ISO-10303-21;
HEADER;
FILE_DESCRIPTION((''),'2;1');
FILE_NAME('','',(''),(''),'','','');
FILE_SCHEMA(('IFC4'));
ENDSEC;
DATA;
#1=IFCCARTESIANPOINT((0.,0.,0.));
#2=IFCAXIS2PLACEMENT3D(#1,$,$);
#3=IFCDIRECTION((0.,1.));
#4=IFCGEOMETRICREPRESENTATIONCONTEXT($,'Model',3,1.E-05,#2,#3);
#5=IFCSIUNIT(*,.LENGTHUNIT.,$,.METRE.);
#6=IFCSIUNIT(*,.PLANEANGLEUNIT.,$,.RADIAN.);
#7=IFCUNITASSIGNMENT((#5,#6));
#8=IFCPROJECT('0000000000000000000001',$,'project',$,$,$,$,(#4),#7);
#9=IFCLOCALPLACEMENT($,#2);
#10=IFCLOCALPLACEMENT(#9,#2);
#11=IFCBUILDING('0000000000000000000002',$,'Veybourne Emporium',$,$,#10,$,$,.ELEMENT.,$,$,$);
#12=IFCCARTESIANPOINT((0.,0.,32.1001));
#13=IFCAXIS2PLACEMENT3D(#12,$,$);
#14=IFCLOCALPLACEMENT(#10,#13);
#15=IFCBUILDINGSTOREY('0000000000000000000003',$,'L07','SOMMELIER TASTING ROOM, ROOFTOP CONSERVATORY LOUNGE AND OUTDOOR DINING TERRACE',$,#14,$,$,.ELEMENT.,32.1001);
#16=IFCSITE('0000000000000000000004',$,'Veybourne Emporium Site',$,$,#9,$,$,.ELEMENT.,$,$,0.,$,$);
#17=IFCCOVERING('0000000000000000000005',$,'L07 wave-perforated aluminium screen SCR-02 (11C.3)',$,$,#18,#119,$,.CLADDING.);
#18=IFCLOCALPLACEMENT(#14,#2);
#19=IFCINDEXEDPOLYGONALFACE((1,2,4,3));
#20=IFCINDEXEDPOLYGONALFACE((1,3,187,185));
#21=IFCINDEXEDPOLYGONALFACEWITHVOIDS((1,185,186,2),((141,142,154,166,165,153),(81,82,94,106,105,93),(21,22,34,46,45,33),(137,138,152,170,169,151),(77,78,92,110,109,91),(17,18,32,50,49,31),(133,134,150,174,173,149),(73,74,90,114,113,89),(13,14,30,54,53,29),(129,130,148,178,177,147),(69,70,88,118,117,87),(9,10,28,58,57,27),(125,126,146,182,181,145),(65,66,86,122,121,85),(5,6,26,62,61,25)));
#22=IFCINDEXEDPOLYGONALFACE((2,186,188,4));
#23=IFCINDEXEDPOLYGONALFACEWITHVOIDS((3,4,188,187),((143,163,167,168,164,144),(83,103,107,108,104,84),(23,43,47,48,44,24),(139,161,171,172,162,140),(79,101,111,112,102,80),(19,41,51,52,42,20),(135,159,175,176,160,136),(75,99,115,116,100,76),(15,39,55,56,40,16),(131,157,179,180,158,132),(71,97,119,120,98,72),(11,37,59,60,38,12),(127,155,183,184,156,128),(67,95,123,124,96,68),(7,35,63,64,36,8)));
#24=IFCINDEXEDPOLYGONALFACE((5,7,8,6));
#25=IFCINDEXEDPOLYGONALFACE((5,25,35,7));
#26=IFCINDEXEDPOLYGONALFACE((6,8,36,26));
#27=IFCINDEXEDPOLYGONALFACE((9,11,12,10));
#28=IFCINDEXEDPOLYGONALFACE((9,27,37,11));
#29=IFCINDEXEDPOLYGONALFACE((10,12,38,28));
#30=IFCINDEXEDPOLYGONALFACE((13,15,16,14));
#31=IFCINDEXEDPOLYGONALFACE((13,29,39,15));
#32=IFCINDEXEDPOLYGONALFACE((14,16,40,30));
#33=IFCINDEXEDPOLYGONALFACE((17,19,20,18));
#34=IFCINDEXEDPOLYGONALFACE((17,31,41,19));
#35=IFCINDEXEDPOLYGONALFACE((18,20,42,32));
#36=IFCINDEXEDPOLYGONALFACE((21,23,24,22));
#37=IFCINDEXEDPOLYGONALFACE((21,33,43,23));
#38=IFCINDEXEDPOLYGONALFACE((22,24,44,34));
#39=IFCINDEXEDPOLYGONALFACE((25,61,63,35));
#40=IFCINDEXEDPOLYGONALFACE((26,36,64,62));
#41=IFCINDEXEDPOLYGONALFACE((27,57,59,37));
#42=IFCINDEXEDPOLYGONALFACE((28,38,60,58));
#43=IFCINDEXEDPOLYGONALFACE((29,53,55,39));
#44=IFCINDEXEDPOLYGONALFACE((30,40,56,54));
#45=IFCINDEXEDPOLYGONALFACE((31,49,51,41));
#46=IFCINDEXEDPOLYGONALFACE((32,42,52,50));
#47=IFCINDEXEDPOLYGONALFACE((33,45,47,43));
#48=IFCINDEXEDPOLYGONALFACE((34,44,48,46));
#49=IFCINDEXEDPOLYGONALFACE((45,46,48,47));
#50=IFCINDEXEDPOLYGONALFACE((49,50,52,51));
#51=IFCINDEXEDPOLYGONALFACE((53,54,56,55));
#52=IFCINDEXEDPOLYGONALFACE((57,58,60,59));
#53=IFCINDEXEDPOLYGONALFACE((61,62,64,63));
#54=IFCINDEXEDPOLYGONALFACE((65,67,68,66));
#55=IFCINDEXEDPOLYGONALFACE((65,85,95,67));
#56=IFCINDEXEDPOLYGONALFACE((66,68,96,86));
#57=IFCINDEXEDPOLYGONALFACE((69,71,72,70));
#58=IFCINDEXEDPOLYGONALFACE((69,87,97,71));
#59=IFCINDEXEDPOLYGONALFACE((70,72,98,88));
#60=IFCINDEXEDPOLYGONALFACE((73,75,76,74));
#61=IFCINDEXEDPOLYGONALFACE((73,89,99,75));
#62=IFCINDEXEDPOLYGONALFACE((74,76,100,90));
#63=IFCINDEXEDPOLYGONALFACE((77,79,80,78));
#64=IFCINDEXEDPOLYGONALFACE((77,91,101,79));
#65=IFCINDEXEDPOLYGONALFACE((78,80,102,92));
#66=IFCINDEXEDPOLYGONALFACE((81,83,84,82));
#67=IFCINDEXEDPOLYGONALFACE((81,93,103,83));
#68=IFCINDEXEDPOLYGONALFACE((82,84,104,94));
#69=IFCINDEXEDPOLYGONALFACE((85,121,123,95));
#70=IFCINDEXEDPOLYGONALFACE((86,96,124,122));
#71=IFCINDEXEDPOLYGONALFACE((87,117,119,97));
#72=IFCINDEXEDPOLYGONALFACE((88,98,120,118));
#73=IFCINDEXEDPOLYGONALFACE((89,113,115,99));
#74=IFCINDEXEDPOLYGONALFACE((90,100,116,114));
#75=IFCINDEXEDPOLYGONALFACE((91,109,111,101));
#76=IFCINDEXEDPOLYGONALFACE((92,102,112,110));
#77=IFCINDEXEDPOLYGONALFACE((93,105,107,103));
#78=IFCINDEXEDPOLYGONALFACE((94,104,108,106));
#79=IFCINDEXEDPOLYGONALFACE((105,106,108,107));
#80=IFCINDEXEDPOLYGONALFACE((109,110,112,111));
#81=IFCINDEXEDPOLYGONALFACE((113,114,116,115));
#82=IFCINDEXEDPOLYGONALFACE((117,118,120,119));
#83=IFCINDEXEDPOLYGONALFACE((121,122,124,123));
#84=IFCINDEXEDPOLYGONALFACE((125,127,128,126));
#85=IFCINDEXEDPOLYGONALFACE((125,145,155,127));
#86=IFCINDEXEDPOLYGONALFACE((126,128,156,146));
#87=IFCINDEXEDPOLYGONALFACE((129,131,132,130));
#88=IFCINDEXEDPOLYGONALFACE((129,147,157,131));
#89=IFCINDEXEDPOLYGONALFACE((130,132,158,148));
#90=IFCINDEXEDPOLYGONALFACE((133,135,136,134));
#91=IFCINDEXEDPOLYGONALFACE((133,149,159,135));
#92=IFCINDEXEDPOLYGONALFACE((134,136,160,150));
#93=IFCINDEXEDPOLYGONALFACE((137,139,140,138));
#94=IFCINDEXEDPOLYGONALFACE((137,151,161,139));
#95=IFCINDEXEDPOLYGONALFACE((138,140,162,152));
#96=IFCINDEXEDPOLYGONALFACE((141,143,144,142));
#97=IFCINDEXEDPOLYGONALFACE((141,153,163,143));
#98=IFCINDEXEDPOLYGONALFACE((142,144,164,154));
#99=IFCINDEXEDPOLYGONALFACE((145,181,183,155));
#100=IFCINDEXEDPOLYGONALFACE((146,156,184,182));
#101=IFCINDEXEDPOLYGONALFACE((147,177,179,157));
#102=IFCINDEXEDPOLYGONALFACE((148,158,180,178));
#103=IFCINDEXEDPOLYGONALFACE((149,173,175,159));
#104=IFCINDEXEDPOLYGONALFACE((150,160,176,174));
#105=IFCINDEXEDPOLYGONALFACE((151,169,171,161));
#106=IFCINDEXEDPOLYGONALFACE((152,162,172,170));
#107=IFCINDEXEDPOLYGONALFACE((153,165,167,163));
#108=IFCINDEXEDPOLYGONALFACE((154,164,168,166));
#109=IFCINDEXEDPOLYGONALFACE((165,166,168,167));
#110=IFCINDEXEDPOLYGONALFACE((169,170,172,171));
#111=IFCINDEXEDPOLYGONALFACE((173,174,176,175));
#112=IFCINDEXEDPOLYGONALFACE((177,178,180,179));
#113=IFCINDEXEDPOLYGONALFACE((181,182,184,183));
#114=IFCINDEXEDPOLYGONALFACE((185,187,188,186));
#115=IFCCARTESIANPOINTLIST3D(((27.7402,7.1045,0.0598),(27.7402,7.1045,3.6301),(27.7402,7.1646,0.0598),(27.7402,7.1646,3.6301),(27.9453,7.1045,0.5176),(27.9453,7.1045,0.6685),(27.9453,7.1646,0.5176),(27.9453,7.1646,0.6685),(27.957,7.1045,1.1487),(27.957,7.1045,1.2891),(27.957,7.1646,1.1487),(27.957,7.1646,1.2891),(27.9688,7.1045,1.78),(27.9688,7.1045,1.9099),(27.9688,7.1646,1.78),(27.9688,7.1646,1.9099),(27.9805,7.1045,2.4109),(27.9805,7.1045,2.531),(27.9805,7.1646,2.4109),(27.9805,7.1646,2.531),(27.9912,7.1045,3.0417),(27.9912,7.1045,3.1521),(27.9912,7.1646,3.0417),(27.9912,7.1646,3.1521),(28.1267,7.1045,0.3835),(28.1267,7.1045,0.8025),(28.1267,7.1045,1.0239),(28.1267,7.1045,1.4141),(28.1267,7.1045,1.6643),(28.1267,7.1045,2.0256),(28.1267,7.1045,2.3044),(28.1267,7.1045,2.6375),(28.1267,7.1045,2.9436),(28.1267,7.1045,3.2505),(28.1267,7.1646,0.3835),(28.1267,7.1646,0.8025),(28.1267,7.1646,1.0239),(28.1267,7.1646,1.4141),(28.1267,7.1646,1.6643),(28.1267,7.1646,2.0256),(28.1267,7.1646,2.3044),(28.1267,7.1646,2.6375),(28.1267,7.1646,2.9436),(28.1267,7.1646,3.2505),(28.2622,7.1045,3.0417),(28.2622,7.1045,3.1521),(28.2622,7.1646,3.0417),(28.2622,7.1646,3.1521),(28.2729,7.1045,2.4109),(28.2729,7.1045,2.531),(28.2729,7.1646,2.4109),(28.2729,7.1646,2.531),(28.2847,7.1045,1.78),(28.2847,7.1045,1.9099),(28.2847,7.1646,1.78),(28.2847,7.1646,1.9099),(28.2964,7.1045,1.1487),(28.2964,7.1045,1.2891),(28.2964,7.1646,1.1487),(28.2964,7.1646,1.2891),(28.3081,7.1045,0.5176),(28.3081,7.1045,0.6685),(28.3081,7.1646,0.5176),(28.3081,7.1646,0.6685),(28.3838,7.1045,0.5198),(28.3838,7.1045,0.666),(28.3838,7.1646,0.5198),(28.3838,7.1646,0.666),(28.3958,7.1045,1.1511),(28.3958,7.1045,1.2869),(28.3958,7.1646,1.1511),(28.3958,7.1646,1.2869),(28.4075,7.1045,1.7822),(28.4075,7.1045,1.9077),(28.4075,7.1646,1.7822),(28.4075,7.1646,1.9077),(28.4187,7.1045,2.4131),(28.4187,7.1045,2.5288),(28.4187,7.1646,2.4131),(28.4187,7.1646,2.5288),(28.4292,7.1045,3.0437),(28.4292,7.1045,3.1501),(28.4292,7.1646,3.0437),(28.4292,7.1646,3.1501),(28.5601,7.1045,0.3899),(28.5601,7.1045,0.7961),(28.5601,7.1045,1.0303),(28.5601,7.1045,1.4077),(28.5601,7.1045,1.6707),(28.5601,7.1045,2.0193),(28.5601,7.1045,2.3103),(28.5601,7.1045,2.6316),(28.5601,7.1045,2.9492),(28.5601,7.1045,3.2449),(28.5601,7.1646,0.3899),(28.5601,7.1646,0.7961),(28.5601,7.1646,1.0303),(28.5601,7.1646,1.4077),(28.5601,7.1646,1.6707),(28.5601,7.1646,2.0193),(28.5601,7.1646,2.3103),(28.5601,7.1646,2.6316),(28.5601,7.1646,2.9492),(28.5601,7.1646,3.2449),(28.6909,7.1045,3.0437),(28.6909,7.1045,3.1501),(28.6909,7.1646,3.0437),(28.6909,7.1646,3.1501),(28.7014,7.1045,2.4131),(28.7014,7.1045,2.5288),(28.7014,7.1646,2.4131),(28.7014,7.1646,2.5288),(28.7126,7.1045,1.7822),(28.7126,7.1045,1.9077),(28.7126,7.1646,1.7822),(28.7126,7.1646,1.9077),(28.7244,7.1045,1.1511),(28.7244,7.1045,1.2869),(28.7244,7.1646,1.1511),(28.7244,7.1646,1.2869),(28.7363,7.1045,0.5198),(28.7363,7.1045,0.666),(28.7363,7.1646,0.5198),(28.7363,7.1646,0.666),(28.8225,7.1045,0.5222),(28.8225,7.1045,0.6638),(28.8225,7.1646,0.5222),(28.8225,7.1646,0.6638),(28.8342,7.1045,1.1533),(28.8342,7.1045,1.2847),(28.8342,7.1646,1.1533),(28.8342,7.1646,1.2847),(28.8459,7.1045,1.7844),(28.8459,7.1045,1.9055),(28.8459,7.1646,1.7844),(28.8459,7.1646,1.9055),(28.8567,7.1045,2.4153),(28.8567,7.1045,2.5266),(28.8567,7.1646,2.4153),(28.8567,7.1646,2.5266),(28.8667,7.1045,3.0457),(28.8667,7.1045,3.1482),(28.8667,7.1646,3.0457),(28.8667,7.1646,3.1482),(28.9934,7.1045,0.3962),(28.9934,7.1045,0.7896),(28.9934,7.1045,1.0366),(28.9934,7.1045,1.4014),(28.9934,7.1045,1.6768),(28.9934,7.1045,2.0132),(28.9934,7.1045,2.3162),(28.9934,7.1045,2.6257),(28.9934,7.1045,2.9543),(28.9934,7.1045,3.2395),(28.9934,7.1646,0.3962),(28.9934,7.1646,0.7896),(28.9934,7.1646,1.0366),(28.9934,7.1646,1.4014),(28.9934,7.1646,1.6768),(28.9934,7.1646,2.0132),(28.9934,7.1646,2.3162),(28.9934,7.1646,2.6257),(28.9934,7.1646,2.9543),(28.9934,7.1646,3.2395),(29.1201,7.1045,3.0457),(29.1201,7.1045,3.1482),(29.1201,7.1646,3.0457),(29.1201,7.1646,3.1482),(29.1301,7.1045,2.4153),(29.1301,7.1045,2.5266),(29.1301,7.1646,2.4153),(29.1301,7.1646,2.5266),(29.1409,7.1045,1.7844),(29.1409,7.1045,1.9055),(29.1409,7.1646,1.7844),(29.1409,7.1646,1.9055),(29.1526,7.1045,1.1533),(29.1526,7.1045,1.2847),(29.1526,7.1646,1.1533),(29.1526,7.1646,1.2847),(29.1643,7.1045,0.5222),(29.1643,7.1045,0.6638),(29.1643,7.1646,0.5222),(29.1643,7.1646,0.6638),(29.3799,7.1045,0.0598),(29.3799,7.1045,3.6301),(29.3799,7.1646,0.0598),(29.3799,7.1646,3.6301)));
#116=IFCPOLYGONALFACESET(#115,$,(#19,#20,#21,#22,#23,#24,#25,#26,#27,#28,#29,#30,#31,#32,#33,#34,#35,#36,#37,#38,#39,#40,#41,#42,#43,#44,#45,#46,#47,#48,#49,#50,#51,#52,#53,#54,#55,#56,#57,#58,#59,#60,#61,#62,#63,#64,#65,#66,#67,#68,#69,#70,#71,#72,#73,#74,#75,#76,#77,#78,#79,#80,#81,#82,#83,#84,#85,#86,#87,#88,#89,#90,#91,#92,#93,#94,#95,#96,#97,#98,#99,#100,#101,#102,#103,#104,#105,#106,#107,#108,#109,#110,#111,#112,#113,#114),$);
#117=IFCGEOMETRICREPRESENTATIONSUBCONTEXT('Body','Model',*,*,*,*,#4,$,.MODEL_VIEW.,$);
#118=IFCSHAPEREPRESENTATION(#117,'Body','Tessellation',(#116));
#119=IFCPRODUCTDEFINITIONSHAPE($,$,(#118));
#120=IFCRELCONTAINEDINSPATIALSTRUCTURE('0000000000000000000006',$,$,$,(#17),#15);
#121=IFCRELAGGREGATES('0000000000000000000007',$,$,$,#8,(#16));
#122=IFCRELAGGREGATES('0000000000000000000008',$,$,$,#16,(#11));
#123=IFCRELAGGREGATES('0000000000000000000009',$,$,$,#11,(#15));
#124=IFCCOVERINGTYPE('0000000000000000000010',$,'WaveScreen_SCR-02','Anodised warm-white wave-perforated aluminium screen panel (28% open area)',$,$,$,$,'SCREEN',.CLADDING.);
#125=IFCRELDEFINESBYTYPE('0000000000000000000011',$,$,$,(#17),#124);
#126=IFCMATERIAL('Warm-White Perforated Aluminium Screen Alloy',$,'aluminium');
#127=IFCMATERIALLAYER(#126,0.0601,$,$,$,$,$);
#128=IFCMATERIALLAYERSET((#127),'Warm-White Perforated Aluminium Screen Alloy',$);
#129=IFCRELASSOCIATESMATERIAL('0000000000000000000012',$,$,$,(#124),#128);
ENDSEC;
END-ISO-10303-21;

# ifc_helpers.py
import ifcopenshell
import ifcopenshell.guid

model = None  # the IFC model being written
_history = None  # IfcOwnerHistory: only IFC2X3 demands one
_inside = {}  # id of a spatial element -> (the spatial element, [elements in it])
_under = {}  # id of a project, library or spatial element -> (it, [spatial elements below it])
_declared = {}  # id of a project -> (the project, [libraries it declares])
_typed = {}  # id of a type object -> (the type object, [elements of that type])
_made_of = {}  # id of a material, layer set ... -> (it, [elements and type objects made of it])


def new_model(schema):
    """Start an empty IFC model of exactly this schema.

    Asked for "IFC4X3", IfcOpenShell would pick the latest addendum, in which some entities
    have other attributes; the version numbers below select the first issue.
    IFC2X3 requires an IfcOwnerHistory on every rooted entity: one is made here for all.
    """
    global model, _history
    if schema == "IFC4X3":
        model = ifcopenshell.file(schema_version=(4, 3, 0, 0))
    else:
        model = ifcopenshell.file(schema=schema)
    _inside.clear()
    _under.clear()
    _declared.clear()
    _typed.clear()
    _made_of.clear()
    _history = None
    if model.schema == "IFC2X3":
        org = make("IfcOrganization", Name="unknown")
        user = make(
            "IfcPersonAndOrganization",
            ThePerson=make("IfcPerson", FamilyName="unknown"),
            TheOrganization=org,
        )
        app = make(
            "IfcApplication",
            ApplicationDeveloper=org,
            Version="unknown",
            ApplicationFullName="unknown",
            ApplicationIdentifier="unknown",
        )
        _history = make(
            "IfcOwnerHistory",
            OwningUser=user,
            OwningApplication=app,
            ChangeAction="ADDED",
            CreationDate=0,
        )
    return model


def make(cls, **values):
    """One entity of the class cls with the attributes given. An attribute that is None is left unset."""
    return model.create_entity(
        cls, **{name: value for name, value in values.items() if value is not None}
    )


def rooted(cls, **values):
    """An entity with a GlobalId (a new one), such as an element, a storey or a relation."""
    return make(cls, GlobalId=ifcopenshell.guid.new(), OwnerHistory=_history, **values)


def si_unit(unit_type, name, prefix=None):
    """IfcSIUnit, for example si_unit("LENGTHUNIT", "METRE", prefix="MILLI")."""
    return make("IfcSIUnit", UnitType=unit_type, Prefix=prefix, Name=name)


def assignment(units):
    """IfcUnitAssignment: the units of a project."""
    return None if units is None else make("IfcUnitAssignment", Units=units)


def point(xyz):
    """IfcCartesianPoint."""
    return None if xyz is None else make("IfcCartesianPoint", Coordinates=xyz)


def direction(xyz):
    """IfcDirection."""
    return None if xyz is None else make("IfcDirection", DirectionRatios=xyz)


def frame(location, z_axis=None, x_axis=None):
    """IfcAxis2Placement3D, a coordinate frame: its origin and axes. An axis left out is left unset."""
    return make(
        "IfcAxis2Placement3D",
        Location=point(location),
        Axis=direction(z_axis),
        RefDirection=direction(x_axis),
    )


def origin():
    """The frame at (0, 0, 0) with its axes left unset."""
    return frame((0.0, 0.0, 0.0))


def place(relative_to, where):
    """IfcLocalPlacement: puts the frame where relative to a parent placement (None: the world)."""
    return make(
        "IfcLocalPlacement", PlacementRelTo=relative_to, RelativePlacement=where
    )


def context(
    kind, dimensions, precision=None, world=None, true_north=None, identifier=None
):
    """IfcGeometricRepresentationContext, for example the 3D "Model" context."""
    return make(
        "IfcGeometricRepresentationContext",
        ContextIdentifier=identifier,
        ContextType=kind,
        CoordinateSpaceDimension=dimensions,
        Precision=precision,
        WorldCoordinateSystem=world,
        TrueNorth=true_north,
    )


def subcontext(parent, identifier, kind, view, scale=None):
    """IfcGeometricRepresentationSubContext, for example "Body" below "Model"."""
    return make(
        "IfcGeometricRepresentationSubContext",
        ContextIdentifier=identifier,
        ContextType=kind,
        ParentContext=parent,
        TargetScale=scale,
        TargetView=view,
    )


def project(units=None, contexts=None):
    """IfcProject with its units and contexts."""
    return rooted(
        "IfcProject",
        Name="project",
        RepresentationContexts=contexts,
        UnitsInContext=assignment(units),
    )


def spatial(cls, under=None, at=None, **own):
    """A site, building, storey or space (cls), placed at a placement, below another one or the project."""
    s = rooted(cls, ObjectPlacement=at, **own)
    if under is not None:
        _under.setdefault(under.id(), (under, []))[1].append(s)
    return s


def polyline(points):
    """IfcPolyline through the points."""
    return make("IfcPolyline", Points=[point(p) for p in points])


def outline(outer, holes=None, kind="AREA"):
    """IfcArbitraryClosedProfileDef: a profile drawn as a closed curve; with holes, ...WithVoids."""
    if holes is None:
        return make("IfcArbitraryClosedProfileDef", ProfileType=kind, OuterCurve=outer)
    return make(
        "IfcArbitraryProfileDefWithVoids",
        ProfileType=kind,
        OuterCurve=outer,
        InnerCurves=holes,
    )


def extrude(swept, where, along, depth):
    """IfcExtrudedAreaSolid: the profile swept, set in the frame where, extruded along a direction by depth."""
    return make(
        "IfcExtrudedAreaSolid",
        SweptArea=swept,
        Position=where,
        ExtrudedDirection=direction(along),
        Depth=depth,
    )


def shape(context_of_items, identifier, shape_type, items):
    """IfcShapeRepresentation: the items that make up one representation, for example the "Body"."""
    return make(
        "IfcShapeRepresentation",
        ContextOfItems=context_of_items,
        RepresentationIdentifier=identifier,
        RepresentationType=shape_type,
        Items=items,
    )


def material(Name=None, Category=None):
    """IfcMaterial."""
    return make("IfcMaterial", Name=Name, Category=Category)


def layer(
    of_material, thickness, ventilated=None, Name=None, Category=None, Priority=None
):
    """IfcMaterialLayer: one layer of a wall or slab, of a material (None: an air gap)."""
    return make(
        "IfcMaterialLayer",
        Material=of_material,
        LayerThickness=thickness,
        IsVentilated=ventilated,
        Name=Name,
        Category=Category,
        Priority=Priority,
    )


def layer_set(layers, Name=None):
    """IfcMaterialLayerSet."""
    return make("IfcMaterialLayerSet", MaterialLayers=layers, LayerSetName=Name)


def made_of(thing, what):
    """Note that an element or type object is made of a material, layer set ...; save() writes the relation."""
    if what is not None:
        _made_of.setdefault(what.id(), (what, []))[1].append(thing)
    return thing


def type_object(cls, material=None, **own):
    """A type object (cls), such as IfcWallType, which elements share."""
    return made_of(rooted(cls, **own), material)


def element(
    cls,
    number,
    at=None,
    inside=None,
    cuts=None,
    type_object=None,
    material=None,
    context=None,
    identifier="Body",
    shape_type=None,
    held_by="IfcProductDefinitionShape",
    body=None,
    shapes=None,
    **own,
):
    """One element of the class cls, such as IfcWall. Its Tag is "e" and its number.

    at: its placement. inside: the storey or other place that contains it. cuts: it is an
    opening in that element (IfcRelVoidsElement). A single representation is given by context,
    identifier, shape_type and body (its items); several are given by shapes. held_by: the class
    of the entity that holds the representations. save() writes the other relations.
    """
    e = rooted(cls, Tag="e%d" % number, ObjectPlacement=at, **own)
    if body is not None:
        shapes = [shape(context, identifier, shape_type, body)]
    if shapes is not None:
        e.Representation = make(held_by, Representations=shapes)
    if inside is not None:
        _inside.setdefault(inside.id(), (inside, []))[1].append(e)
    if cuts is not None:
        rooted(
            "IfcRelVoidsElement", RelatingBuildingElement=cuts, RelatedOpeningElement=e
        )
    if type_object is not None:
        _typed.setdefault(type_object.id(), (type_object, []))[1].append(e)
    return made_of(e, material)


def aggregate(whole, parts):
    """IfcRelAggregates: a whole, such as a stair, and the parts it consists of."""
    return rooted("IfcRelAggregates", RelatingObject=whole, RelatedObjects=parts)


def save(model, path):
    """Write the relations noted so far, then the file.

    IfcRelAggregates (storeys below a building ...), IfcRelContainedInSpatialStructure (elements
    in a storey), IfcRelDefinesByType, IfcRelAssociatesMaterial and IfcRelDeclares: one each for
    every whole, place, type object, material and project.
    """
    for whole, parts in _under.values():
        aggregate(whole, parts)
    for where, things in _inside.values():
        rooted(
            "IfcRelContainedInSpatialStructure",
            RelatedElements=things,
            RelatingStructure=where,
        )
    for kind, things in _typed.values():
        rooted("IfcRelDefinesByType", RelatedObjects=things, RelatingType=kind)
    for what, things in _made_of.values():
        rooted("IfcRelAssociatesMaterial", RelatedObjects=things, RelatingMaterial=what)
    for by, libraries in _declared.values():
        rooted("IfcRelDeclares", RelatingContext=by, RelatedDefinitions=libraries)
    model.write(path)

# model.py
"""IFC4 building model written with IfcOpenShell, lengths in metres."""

from ifc_helpers import new_model, si_unit, direction, frame, origin, place, context, subcontext, project, spatial, polyline, outline, extrude, material, layer, layer_set, type_object, element, save


model = new_model("IFC4")

# Units and contexts
model_context = context("Model", 3, precision=1e-05, world=origin(), true_north=direction((0.0, 1.0)))
body_context = subcontext(model_context, "Body", "Model", "MODEL_VIEW")
ifc_project = project(units=[si_unit("LENGTHUNIT", "METRE"), si_unit("PLANEANGLEUNIT", "RADIAN")], contexts=[model_context])

# Site, building, storey
site_placement = place(None, origin())
site = spatial("IfcSite", under=ifc_project, at=site_placement, Name="Veybourne Emporium Site", CompositionType="ELEMENT", RefElevation=0.0)
building_placement = place(site_placement, origin())
building = spatial("IfcBuilding", under=site, at=building_placement, Name="Veybourne Emporium", CompositionType="ELEMENT")
storey_placement = place(building_placement, frame((0.0, 0.0, 32.1001)))
storey = spatial("IfcBuildingStorey", under=building, at=storey_placement, Name="L07", Description="SOMMELIER TASTING ROOM, ROOFTOP CONSERVATORY LOUNGE AND OUTDOOR DINING TERRACE", CompositionType="ELEMENT", Elevation=32.1001)

# Covering
ifc_material_1 = material(Name="Warm-White Perforated Aluminium Screen Alloy", Category="aluminium")
ifc_layer_1 = layer(ifc_material_1, 0.0601)
ifc_layer_set_1 = layer_set([ifc_layer_1], Name="Warm-White Perforated Aluminium Screen Alloy")
covering_type_1 = type_object("IfcCoveringType", Name="WaveScreen_SCR-02", Description="Anodised warm-white wave-perforated aluminium screen panel (28% open area)", ElementType="SCREEN", PredefinedType="CLADDING", material=ifc_layer_set_1)
covering_1_placement = place(storey_placement, frame((28.5601, 7.1045, 1.845), z_axis=(0.0, 1.0, 0.0), x_axis=(-1.0, 0.0, 0.0)))
element("IfcCovering", 1, at=covering_1_placement, inside=storey, type_object=covering_type_1, Name="L07 wave-perforated aluminium screen SCR-02 (11C.3)", PredefinedType="CLADDING", context=body_context, shape_type="SweptSolid", body=[
    extrude(outline(polyline([(-0.8198, -1.7852), (0.8198, -1.7852), (0.8198, 1.7852), (-0.8198, 1.7852), (-0.8198, -1.7852)]), holes=[polyline([(-0.4333, -1.0554), (-0.2625, -1.1812), (-0.2625, -1.3228), (-0.4333, -1.4487), (-0.6042, -1.3228), (-0.6042, -1.1812), (-0.4333, -1.0554)]), polyline([(-0.4333, -0.4436), (-0.2742, -0.5603), (-0.2742, -0.6917), (-0.4333, -0.8083), (-0.5925, -0.6917), (-0.5925, -0.5603), (-0.4333, -0.4436)]), polyline([(-0.4333, 0.1682), (-0.2859, 0.0605), (-0.2859, -0.0605), (-0.4333, -0.1682), (-0.5808, -0.0605), (-0.5808, 0.0605), (-0.4333, 0.1682)]), polyline([(-0.4333, 0.7808), (-0.2966, 0.6816), (-0.2966, 0.5703), (-0.4333, 0.4712), (-0.5701, 0.5703), (-0.5701, 0.6816), (-0.4333, 0.7808)]), polyline([(-0.4333, 1.3945), (-0.3066, 1.3032), (-0.3066, 1.2007), (-0.4333, 1.1094), (-0.5601, 1.2007), (-0.5601, 1.3032), (-0.4333, 1.3945)]), polyline([(0.0, -1.0488), (0.1763, -1.179), (0.1763, -1.3252), (0.0, -1.4551), (-0.1763, -1.3252), (-0.1763, -1.179), (0.0, -1.0488)]), polyline([(0.0, -0.4373), (0.1643, -0.5581), (0.1643, -0.6938), (0.0, -0.8147), (-0.1643, -0.6938), (-0.1643, -0.5581), (0.0, -0.4373)]), polyline([(0.0, 0.1743), (0.1526, 0.0627), (0.1526, -0.0627), (0.0, -0.1743), (-0.1526, -0.0627), (-0.1526, 0.0627), (0.0, 0.1743)]), polyline([(0.0, 0.7866), (0.1414, 0.6838), (0.1414, 0.5681), (0.0, 0.4653), (-0.1414, 0.5681), (-0.1414, 0.6838), (0.0, 0.7866)]), polyline([(0.0, 1.3999), (0.1309, 1.3052), (0.1309, 1.1987), (0.0, 1.1042), (-0.1309, 1.1987), (-0.1309, 1.3052), (0.0, 1.3999)]), polyline([(0.4333, -1.0425), (0.6147, -1.1765), (0.6147, -1.3274), (0.4333, -1.4614), (0.252, -1.3274), (0.252, -1.1765), (0.4333, -1.0425)]), polyline([(0.4333, -0.4309), (0.603, -0.5559), (0.603, -0.6963), (0.4333, -0.821), (0.2637, -0.6963), (0.2637, -0.5559), (0.4333, -0.4309)]), polyline([(0.4333, 0.1807), (0.5913, 0.0649), (0.5913, -0.0649), (0.4333, -0.1807), (0.2754, -0.0649), (0.2754, 0.0649), (0.4333, 0.1807)]), polyline([(0.4333, 0.7925), (0.5796, 0.686), (0.5796, 0.5659), (0.4333, 0.4595), (0.2871, 0.5659), (0.2871, 0.686), (0.4333, 0.7925)]), polyline([(0.4333, 1.4055), (0.5688, 1.3071), (0.5688, 1.1968), (0.4333, 1.0986), (0.2979, 1.1968), (0.2979, 1.3071), (0.4333, 1.4055)])]), origin(), (0.0, 0.0, 1.0), 0.0601),
])

save(model, "model.ifc")
